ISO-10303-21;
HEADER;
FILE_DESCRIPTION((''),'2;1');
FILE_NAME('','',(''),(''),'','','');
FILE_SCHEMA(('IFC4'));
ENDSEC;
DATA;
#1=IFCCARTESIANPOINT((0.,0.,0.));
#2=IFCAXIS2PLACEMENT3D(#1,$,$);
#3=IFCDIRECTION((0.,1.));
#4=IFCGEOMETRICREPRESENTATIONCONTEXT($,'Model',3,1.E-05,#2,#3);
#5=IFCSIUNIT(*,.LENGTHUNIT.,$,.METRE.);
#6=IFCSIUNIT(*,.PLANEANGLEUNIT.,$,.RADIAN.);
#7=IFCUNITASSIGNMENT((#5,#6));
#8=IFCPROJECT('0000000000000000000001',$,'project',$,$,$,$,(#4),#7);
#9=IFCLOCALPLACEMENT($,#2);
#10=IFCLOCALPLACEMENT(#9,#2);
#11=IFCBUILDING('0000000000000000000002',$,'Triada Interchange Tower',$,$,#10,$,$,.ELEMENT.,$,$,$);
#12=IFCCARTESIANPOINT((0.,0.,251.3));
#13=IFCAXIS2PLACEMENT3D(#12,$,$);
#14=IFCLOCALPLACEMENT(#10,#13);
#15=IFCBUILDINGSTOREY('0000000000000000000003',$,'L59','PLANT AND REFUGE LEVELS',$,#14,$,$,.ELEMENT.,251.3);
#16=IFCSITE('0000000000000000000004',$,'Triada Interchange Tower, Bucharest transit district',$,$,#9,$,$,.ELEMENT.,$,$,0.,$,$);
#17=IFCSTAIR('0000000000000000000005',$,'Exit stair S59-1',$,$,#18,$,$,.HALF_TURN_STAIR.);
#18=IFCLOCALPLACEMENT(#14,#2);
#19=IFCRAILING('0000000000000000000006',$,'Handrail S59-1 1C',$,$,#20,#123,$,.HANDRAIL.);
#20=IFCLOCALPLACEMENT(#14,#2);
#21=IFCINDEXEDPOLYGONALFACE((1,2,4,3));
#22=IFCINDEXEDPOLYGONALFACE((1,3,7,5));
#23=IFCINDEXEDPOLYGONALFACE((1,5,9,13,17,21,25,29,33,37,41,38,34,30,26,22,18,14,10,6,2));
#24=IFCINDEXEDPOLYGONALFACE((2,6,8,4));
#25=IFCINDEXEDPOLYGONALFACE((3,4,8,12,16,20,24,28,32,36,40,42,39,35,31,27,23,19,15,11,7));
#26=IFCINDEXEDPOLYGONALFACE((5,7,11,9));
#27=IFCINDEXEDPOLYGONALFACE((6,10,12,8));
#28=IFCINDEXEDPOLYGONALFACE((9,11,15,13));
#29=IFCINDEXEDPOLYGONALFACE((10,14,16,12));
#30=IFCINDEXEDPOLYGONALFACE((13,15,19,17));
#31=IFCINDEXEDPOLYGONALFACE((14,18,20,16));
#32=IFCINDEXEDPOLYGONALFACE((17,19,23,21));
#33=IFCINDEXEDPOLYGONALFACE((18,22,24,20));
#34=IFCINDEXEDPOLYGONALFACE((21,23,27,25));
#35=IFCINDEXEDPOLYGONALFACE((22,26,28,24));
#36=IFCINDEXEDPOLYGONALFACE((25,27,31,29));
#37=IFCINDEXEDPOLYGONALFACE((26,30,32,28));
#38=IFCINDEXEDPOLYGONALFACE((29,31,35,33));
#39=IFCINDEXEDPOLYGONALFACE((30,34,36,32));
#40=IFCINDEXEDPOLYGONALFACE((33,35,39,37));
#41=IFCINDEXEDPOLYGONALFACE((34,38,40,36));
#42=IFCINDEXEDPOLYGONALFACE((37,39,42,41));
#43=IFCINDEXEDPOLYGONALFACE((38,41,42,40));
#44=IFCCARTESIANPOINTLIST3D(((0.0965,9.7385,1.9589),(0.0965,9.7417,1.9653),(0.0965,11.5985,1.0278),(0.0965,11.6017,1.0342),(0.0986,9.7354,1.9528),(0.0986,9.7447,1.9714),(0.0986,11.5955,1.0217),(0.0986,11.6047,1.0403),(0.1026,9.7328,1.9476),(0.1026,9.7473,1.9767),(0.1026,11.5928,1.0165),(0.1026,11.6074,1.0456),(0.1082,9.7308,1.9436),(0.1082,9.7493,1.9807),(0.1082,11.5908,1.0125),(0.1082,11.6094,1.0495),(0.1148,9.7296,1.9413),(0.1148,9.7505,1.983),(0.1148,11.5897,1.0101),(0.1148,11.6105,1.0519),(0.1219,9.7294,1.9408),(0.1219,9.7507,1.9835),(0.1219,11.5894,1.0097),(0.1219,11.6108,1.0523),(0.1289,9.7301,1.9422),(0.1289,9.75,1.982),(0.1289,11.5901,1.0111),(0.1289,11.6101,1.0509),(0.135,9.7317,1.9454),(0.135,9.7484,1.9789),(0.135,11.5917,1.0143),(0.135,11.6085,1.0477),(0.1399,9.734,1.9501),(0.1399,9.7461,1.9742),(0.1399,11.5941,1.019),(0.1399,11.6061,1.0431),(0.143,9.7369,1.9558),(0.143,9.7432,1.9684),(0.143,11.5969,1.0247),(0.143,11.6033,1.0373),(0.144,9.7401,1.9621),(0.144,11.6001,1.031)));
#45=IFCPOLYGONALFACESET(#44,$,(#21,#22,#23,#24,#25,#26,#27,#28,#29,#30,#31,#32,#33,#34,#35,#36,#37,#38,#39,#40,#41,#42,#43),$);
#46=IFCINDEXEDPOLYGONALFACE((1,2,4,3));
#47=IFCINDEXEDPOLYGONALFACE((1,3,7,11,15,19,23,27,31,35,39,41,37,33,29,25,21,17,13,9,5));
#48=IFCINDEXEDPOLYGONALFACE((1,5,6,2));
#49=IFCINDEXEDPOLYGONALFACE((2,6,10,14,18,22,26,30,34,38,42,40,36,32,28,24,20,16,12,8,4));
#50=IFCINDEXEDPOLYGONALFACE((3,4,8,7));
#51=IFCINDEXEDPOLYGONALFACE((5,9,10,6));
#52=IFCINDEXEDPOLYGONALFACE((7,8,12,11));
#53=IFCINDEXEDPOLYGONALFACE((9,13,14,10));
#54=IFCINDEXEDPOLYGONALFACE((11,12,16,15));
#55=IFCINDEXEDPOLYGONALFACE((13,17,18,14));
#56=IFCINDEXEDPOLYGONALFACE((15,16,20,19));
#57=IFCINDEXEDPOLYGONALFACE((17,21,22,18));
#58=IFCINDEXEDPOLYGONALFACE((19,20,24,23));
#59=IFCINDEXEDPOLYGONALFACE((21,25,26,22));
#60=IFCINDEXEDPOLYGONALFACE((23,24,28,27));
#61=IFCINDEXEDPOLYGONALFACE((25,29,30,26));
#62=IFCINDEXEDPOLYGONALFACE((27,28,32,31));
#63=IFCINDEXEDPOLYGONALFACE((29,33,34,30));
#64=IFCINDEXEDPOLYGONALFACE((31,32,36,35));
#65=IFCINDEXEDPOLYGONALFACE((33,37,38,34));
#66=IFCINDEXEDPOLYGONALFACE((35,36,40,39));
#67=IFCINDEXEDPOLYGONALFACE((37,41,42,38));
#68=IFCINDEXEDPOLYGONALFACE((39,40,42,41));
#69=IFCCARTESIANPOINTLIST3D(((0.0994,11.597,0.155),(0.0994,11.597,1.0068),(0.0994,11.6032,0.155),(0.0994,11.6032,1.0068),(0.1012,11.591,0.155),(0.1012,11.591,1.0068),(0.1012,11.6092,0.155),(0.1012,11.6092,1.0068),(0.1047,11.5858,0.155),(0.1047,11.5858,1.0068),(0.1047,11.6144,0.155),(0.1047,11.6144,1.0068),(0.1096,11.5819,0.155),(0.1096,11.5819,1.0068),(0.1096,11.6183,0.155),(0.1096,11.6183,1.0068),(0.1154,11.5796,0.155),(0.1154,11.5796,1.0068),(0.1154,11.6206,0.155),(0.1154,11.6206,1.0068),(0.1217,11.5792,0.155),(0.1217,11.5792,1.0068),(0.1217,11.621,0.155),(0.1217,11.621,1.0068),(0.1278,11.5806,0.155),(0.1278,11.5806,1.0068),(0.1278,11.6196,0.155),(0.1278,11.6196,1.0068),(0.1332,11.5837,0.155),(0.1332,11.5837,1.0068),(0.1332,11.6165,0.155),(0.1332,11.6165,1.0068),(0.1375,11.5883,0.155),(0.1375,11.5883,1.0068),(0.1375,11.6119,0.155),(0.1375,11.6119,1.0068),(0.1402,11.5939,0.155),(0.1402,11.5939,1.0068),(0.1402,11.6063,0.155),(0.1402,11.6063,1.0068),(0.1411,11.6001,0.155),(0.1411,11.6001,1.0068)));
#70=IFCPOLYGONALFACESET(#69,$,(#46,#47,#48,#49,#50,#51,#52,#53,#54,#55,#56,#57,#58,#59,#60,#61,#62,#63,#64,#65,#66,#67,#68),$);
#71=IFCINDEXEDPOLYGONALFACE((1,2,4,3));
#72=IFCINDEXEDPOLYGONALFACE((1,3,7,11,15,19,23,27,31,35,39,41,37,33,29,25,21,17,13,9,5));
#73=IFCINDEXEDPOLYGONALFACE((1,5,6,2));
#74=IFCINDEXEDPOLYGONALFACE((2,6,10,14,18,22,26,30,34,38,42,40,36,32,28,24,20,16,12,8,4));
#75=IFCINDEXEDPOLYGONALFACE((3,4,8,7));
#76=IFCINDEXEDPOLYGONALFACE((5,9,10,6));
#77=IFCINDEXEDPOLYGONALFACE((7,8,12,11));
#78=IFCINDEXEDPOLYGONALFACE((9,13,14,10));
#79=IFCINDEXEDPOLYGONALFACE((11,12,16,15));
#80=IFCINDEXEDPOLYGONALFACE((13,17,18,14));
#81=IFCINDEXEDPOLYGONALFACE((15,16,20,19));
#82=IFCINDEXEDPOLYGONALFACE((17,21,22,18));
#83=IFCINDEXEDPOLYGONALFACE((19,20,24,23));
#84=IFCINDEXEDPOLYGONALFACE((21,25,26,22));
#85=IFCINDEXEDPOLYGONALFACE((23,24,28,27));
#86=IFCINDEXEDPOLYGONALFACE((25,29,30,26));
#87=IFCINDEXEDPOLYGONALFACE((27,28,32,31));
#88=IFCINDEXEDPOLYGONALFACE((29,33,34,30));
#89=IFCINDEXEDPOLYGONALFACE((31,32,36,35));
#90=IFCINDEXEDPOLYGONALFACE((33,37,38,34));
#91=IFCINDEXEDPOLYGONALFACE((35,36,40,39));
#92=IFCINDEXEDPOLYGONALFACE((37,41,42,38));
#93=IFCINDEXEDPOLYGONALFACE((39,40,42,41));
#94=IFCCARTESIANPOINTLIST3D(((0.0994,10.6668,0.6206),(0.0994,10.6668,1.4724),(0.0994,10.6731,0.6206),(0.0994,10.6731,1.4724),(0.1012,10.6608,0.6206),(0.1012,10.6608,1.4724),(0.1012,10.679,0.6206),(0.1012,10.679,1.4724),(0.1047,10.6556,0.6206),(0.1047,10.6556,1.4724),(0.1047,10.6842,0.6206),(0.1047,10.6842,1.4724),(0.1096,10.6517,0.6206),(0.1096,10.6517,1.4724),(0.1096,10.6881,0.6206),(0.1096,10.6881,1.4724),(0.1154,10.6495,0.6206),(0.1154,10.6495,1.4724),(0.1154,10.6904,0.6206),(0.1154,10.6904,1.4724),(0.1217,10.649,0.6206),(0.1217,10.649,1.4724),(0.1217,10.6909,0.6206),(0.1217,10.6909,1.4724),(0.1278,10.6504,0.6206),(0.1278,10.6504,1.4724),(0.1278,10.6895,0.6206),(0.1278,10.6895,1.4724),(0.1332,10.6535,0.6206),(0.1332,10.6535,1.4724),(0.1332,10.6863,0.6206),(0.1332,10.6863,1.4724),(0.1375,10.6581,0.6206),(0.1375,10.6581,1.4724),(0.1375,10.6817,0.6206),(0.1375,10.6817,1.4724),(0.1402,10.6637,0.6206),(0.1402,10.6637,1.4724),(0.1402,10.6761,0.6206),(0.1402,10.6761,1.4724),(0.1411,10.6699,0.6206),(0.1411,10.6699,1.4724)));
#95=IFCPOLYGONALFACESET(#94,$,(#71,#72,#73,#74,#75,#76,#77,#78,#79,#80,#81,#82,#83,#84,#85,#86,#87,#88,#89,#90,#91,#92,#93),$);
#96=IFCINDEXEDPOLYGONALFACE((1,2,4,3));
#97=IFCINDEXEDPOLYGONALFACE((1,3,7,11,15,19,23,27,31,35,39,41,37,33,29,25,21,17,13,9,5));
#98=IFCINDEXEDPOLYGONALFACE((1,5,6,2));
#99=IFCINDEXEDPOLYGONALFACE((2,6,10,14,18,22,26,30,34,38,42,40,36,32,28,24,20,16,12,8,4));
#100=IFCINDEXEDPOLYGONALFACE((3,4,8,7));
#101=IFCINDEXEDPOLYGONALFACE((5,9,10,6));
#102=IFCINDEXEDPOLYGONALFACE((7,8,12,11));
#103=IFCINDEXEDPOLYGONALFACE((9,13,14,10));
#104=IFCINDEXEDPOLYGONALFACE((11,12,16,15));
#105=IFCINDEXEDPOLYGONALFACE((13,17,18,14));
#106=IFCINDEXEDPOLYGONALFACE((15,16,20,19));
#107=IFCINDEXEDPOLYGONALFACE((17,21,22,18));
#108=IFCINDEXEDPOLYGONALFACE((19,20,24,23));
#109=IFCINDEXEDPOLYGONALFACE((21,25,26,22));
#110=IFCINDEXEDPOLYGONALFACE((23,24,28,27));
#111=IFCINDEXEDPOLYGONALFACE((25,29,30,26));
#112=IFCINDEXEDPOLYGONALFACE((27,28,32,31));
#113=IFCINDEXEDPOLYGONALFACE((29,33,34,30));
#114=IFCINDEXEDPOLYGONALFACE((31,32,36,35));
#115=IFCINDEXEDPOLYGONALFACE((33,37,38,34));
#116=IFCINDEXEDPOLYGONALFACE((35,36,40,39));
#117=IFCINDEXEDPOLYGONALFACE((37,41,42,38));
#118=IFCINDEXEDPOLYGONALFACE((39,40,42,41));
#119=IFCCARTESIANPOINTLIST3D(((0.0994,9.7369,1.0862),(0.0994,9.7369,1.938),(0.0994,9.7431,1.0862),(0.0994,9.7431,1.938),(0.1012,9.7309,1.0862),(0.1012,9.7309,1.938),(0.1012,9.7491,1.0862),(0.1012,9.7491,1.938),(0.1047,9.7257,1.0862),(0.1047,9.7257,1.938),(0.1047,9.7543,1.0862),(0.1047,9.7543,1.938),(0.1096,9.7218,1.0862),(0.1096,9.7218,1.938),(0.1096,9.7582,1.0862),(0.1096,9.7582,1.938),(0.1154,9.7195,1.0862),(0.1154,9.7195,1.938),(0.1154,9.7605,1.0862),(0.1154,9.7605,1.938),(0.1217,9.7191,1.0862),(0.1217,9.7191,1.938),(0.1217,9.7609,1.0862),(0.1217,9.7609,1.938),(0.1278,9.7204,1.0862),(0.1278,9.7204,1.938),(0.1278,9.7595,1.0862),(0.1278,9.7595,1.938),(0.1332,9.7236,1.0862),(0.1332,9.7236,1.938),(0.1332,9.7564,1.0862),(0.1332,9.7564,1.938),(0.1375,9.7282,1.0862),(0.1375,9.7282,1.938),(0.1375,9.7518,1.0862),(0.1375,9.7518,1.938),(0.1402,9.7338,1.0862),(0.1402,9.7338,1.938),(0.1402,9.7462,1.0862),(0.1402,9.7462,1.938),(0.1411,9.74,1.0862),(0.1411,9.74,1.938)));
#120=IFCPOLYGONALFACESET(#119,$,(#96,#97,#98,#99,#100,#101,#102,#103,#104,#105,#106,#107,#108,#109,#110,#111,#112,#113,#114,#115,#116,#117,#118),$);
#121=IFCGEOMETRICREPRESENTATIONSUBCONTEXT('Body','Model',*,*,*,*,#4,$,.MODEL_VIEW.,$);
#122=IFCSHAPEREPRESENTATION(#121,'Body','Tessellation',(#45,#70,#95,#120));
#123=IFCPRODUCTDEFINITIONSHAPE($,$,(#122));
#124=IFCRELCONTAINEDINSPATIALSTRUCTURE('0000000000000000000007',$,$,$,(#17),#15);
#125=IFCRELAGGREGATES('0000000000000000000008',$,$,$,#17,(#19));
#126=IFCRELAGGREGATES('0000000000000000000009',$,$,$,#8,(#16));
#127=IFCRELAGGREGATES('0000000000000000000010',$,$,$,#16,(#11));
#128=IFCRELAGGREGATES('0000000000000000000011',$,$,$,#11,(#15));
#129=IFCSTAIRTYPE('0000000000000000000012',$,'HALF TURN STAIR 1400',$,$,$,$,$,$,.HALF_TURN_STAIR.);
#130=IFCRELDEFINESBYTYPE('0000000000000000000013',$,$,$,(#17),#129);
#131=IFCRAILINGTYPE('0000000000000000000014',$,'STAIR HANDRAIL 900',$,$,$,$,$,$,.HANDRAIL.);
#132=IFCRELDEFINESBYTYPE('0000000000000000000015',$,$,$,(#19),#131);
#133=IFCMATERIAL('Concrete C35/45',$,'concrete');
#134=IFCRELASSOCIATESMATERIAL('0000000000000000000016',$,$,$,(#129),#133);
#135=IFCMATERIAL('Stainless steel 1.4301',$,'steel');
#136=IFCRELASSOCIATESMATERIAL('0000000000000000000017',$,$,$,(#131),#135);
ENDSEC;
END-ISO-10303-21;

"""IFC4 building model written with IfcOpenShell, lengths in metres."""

from ifc_helpers import new_model, si_unit, direction, frame, origin, origin_2d, place, context, subcontext, project, spatial, circle, extrude, material, type_object, element, aggregate, save


model = new_model("IFC4")

# Units and contexts
model_context = context("Model", 3, precision=1e-05, world=origin(), true_north=direction((0.0, 1.0)))
body_context = subcontext(model_context, "Body", "Model", "MODEL_VIEW")
ifc_project = project(units=[si_unit("LENGTHUNIT", "METRE"), si_unit("PLANEANGLEUNIT", "RADIAN")], contexts=[model_context])

# Site, building, storey
site_placement = place(None, origin())
site = spatial("IfcSite", under=ifc_project, at=site_placement, Name="Triada Interchange Tower, Bucharest transit district", CompositionType="ELEMENT", RefElevation=0.0)
building_placement = place(site_placement, origin())
building = spatial("IfcBuilding", under=site, at=building_placement, Name="Triada Interchange Tower", CompositionType="ELEMENT")
storey_placement = place(building_placement, frame((0.0, 0.0, 251.3)))
storey = spatial("IfcBuildingStorey", under=building, at=storey_placement, Name="L59", Description="PLANT AND REFUGE LEVELS", CompositionType="ELEMENT", Elevation=251.3)

# Stair
ifc_material_1 = material(Name="Concrete C35/45", Category="concrete")
stair_type = type_object("IfcStairType", Name="HALF TURN STAIR 1400", PredefinedType="HALF_TURN_STAIR", material=ifc_material_1)
stair_1_placement = place(storey_placement, origin())
stair_1 = element("IfcStair", 1, at=stair_1_placement, inside=storey, type_object=stair_type, Name="Exit stair S59-1", PredefinedType="HALF_TURN_STAIR")

# Railing
ifc_material_2 = material(Name="Stainless steel 1.4301", Category="steel")
railing_type = type_object("IfcRailingType", Name="STAIR HANDRAIL 900", PredefinedType="HANDRAIL", material=ifc_material_2)
railing_placement = place(storey_placement, frame((0.1201, 11.6001, 0.155)))
railing = element("IfcRailing", 2, at=railing_placement, type_object=railing_type, Name="Handrail S59-1 1C", PredefinedType="HANDRAIL", context=body_context, shape_type="SweptSolid", body=[
    extrude(circle(Radius=0.0239, at=origin_2d()), frame((0.0, 0.0, 0.876), z_axis=(0.0, -0.894216, 0.447636), x_axis=(1.0, 0.0, 0.0)), (0.0, 0.0, 1.0), 2.0801),
    extrude(circle(Radius=0.021, at=origin_2d()), origin(), (0.0, 0.0, 1.0), 0.8518),
    extrude(circle(Radius=0.021, at=origin_2d()), frame((0.0, -0.9302, 0.4656)), (0.0, 0.0, 1.0), 0.8518),
    extrude(circle(Radius=0.021, at=origin_2d()), frame((0.0, -1.8601, 0.9312)), (0.0, 0.0, 1.0), 0.8518),
])
aggregate(stair_1, [railing])

save(model, "model.ifc")
